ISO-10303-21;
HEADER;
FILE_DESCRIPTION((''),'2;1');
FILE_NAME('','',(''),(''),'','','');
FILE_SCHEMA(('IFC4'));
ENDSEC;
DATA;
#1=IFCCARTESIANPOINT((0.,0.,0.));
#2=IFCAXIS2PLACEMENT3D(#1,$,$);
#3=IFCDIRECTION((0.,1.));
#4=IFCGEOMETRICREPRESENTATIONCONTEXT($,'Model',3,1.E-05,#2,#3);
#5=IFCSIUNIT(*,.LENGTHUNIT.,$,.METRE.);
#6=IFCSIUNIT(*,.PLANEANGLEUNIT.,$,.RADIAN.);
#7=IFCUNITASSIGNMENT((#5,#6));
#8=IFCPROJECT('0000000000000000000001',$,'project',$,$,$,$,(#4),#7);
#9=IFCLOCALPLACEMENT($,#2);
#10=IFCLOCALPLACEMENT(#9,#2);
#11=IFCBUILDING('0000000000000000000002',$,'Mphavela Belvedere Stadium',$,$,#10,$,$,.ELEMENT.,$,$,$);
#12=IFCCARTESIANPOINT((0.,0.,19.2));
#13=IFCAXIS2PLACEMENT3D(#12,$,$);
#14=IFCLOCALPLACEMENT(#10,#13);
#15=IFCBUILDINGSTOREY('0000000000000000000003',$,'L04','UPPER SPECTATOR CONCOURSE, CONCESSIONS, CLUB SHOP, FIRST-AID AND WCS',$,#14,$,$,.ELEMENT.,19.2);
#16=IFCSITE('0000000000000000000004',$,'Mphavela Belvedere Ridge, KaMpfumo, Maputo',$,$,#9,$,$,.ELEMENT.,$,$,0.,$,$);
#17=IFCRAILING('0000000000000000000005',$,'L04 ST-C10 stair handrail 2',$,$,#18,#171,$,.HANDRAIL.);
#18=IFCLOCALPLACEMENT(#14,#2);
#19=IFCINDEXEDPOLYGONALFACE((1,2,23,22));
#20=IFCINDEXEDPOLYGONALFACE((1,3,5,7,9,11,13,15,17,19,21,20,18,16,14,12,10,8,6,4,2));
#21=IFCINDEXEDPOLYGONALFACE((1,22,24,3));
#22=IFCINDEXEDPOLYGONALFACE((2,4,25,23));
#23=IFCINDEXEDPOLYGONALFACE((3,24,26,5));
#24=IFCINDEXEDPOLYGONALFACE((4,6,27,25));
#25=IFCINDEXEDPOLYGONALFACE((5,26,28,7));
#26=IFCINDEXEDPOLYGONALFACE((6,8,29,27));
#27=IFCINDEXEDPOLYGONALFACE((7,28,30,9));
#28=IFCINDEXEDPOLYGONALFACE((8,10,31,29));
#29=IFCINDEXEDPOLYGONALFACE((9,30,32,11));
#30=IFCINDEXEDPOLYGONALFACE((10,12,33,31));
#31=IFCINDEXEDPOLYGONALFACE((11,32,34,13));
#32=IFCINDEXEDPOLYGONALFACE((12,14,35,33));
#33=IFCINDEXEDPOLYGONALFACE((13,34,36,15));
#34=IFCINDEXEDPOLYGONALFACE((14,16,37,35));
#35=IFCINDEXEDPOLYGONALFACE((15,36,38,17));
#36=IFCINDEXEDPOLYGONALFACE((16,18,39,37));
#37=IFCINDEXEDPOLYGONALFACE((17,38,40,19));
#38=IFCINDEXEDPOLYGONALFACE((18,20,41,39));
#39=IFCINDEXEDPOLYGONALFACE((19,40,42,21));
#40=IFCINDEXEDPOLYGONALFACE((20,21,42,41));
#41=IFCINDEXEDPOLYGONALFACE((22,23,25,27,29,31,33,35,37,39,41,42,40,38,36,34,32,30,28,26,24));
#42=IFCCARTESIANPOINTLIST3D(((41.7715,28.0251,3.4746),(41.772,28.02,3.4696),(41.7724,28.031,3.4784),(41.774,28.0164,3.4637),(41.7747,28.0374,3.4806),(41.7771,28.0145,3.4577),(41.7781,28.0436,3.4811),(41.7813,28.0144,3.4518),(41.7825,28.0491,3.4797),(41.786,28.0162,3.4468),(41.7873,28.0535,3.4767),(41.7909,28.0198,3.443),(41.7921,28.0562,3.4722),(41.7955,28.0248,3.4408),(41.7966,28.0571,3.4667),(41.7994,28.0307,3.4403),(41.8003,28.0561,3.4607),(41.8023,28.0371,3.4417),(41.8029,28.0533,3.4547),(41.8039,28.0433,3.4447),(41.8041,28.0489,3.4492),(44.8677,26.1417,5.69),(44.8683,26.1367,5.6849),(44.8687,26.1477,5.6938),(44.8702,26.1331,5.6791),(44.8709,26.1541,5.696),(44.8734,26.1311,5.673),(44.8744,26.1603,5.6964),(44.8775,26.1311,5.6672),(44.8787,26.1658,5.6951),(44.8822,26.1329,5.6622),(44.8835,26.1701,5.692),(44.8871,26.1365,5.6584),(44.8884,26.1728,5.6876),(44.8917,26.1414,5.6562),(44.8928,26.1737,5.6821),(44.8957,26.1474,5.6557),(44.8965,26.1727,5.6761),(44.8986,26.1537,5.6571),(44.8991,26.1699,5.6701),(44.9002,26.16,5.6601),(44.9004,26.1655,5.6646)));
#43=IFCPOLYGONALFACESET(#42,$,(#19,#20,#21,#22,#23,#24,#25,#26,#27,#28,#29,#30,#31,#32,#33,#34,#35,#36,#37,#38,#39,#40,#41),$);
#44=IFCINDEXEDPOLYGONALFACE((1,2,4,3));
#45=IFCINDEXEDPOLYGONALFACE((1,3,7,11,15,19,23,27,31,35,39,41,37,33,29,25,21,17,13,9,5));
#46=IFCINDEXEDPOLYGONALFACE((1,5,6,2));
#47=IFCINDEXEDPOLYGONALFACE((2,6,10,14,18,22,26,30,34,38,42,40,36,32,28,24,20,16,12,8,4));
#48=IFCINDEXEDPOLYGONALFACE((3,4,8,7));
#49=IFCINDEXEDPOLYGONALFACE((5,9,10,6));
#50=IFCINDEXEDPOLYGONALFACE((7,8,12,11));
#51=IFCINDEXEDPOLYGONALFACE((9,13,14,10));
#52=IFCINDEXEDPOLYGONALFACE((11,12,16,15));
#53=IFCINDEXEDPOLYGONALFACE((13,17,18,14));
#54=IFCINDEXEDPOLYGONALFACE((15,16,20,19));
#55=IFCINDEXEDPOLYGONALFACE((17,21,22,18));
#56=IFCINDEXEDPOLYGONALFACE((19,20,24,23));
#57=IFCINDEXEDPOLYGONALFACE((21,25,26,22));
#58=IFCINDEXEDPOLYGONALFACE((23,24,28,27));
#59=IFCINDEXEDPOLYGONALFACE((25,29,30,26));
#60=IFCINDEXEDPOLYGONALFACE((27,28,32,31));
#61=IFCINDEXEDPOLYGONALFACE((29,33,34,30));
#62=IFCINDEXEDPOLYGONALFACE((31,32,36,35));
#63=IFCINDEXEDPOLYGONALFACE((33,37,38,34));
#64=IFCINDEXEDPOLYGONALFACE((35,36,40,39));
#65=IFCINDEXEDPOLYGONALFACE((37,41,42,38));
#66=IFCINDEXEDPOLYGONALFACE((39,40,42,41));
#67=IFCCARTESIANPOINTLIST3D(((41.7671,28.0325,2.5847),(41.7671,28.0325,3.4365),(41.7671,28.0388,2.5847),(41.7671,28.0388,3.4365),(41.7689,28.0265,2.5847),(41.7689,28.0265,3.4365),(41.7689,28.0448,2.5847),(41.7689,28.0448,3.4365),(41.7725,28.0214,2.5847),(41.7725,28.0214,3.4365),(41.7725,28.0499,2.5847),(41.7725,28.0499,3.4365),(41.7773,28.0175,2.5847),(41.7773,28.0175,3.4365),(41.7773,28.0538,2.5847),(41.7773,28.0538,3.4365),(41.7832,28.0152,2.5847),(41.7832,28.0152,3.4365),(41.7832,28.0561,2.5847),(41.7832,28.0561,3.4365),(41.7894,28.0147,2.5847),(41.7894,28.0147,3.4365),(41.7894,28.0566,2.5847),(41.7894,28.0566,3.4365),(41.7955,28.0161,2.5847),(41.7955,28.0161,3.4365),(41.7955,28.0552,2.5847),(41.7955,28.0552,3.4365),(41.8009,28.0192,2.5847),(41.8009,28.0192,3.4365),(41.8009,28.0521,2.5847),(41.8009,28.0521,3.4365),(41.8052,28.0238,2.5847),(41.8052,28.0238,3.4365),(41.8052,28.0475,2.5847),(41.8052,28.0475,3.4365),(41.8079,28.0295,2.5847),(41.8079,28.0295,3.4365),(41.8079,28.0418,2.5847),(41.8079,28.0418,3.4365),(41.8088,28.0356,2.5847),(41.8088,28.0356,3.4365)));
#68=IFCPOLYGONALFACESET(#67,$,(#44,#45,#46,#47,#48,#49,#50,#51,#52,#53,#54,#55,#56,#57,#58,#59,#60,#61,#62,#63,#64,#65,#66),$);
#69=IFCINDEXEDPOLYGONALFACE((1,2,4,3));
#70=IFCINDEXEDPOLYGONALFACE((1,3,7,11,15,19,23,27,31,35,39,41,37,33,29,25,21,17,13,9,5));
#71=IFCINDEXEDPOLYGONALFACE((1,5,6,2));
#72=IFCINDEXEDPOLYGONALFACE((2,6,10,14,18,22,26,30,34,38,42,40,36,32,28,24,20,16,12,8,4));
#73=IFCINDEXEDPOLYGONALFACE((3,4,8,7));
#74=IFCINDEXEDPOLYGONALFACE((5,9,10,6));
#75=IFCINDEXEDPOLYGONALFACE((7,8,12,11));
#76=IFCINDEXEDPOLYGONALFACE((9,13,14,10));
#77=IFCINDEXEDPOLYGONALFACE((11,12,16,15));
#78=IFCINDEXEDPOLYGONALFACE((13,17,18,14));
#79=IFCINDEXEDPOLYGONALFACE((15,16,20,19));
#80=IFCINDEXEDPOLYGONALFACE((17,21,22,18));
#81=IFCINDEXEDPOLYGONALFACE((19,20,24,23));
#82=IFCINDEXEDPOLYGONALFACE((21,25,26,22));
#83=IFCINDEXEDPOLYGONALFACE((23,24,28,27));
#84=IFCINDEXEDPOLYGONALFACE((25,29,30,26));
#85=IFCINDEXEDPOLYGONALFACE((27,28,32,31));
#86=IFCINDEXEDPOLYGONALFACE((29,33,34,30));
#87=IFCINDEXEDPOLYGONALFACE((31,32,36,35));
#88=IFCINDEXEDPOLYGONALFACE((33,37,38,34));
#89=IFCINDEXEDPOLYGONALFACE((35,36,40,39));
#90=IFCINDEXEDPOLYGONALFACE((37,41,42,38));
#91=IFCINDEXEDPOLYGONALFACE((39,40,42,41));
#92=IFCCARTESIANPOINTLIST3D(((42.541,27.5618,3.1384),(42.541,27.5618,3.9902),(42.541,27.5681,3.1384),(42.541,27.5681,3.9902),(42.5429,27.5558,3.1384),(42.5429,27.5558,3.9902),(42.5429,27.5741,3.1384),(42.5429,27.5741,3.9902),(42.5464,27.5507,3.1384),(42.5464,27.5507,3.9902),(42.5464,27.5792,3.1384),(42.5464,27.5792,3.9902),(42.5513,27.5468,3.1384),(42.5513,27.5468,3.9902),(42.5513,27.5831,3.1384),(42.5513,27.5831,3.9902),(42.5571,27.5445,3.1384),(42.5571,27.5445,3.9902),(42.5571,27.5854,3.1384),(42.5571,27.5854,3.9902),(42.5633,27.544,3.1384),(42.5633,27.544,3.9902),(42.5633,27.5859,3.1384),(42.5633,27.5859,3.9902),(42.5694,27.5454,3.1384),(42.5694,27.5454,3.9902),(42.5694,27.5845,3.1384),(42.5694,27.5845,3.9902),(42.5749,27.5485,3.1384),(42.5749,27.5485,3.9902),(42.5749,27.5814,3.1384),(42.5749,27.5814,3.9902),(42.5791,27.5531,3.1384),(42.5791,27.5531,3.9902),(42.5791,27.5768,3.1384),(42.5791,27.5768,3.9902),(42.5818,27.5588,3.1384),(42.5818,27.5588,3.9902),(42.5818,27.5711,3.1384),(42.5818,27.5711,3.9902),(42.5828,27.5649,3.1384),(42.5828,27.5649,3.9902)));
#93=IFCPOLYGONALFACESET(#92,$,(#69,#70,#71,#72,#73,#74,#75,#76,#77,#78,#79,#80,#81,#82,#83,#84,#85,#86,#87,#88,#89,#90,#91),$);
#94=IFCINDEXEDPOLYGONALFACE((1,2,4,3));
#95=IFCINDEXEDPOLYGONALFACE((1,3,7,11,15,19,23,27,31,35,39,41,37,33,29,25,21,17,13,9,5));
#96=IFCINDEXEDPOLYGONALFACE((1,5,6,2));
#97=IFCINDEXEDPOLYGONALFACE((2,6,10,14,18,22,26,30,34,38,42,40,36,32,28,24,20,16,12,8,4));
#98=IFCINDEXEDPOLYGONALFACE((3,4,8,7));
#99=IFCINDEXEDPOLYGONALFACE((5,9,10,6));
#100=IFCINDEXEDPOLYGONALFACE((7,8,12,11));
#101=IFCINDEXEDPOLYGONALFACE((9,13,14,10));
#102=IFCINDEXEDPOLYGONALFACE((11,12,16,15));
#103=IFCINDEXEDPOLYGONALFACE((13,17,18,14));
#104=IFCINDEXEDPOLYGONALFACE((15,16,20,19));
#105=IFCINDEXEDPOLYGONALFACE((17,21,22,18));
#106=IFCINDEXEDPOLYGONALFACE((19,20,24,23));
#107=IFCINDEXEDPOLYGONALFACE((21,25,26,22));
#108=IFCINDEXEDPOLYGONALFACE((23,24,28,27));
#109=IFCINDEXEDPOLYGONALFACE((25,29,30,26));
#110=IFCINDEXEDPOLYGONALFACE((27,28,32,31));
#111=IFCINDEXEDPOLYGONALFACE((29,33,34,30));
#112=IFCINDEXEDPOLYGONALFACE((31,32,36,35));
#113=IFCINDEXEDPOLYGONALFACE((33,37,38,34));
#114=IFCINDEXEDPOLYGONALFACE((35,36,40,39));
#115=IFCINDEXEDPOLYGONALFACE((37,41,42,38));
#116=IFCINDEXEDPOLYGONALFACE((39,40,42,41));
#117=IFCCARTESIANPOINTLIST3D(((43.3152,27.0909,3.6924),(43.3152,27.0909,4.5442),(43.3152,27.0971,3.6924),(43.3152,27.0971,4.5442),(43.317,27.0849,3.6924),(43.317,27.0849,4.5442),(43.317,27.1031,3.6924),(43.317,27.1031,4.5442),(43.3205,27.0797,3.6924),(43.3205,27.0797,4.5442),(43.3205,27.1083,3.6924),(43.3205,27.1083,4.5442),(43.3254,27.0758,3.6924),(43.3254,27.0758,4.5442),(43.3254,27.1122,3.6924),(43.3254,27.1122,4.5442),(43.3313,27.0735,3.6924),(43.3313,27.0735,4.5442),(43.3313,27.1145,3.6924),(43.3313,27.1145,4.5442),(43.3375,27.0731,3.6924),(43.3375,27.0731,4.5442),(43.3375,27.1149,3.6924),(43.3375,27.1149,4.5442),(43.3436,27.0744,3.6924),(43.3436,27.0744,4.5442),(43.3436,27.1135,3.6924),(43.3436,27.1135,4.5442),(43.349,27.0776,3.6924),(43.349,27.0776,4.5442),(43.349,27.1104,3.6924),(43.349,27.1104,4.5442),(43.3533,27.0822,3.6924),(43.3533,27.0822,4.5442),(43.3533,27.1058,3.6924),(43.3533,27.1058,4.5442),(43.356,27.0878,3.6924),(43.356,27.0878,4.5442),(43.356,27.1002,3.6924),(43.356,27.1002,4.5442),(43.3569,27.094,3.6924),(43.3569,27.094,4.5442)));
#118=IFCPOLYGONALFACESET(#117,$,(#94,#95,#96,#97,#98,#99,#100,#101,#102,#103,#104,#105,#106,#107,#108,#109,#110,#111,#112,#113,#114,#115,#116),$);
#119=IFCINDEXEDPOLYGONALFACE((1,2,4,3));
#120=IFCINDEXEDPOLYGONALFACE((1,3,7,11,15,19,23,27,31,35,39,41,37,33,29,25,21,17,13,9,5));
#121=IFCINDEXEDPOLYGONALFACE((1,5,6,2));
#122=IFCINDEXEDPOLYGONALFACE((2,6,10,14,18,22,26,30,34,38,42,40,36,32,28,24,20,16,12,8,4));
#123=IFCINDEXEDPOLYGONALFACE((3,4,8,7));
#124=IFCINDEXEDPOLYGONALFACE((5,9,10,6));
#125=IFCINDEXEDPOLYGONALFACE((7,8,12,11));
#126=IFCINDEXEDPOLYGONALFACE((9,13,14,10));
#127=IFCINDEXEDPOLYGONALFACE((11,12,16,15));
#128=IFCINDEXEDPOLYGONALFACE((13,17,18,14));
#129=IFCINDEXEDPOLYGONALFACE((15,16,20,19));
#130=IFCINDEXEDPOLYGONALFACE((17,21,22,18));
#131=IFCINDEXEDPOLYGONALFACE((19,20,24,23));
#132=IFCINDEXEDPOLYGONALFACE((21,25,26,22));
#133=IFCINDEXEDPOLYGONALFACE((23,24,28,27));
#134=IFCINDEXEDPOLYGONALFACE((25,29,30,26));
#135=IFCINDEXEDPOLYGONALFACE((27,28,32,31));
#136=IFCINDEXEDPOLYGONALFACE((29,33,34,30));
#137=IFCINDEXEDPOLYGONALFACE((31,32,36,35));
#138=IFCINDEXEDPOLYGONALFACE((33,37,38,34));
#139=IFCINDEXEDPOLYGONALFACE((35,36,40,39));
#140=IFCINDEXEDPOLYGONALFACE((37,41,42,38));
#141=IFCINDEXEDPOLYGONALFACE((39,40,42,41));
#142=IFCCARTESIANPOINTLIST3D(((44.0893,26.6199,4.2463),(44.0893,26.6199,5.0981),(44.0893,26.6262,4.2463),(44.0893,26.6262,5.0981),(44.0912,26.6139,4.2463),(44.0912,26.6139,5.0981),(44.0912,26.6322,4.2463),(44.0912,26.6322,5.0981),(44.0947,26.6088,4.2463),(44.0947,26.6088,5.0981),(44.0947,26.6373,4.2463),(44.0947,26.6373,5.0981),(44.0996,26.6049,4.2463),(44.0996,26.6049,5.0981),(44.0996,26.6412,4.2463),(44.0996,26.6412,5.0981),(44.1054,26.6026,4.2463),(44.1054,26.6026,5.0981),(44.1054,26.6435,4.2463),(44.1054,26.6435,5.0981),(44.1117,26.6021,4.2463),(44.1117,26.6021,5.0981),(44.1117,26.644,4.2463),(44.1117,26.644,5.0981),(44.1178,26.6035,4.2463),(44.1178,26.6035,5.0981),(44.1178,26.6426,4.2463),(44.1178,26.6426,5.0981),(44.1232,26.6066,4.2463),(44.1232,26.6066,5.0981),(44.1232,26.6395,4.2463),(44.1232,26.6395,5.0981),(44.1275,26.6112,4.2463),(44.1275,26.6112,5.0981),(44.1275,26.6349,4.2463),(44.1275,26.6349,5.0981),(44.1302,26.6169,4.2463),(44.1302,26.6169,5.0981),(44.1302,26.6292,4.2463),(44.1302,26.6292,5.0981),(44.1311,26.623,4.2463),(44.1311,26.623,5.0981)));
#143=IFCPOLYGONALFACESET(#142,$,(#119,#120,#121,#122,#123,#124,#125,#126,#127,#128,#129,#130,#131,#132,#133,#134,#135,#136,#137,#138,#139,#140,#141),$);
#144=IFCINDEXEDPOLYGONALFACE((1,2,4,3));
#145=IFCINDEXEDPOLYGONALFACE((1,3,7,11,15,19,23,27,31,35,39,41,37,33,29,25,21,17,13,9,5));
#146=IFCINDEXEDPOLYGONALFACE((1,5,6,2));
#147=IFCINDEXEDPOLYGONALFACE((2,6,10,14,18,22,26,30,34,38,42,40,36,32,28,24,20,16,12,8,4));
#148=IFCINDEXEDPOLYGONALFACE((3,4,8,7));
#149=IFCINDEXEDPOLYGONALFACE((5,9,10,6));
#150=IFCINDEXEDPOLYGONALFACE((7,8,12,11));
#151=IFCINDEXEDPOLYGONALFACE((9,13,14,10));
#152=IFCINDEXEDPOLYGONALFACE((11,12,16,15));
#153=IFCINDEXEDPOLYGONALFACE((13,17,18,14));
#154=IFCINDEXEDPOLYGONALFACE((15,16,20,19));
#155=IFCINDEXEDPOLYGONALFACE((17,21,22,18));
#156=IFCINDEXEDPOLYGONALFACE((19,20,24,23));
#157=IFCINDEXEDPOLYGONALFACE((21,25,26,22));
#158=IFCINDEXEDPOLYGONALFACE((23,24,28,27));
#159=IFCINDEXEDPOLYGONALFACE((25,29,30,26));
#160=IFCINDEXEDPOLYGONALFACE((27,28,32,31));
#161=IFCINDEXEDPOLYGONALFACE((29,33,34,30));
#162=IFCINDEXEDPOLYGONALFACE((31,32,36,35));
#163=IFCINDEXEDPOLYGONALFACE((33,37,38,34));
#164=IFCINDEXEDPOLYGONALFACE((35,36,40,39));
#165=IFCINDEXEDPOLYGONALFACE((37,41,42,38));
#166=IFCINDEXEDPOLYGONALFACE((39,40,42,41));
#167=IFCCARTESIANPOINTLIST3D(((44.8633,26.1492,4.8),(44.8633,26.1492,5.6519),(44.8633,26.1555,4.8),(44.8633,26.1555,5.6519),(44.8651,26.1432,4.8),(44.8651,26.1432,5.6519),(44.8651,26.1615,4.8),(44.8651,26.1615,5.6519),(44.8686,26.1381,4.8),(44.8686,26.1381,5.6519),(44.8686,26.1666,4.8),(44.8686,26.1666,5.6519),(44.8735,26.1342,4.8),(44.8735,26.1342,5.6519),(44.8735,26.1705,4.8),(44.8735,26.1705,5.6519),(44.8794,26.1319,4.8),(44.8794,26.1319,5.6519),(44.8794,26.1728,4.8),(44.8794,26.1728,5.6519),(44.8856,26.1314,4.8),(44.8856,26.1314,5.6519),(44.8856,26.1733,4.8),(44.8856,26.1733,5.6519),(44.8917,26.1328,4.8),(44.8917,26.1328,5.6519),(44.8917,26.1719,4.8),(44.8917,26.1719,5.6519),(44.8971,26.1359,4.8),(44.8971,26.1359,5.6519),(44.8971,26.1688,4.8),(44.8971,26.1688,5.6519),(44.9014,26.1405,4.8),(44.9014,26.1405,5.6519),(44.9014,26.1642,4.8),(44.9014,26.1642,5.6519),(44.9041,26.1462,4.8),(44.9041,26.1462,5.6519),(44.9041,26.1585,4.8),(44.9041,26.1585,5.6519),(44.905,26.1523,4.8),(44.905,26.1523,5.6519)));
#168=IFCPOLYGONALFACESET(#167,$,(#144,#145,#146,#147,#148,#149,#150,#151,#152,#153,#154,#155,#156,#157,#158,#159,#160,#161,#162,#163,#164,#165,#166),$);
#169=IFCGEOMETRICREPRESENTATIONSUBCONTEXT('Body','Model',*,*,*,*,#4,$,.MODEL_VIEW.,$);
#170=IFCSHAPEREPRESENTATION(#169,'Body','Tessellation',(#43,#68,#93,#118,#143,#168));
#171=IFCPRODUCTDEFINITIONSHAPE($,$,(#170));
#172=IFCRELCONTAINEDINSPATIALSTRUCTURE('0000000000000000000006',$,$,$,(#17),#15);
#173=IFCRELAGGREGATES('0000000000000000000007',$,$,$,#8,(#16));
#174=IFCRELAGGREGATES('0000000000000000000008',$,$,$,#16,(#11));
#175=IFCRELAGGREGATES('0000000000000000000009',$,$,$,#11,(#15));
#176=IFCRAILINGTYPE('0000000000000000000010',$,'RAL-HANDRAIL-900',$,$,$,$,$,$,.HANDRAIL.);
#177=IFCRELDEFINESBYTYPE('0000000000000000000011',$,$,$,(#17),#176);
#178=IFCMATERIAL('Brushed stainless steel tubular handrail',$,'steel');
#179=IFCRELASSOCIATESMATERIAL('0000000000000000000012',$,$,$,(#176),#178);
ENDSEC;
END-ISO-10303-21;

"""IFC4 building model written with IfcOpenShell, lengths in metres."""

from ifc_helpers import new_model, si_unit, direction, frame, origin, origin_2d, place, context, subcontext, project, spatial, circle, extrude, material, type_object, element, save


model = new_model("IFC4")

# Units and contexts
model_context = context("Model", 3, precision=1e-05, world=origin(), true_north=direction((0.0, 1.0)))
body_context = subcontext(model_context, "Body", "Model", "MODEL_VIEW")
ifc_project = project(units=[si_unit("LENGTHUNIT", "METRE"), si_unit("PLANEANGLEUNIT", "RADIAN")], contexts=[model_context])

# Site, building, storey
site_placement = place(None, origin())
site = spatial("IfcSite", under=ifc_project, at=site_placement, Name="Mphavela Belvedere Ridge, KaMpfumo, Maputo", CompositionType="ELEMENT", RefElevation=0.0)
building_placement = place(site_placement, origin())
building = spatial("IfcBuilding", under=site, at=building_placement, Name="Mphavela Belvedere Stadium", CompositionType="ELEMENT")
storey_placement = place(building_placement, frame((0.0, 0.0, 19.2)))
storey = spatial("IfcBuildingStorey", under=building, at=storey_placement, Name="L04", Description="UPPER SPECTATOR CONCOURSE, CONCESSIONS, CLUB SHOP, FIRST-AID AND WCS", CompositionType="ELEMENT", Elevation=19.2)

# Railing
ifc_material_1 = material(Name="Brushed stainless steel tubular handrail", Category="steel")
railing_type_1 = type_object("IfcRailingType", Name="RAL-HANDRAIL-900", PredefinedType="HANDRAIL", material=ifc_material_1)
railing_1_placement = place(storey_placement, frame((41.7878, 28.0356, 2.5847)))
element("IfcRailing", 1, at=railing_1_placement, inside=storey, type_object=railing_type_1, Name="L04 ST-C10 stair handrail 2", PredefinedType="HANDRAIL", context=body_context, shape_type="SweptSolid", body=[
    extrude(circle(Radius=0.0239, at=origin_2d()), frame((0.0, 0.0, 0.876), z_axis=(0.728951, -0.443395, 0.521566), x_axis=(0.519678, 0.854362, 0.0)), (0.0, 0.0, 1.0), 4.2476),
    extrude(circle(Radius=0.021, at=origin_2d()), origin(), (0.0, 0.0, 1.0), 0.8518),
    extrude(circle(Radius=0.021, at=origin_2d()), frame((0.7739, -0.4707, 0.5537)), (0.0, 0.0, 1.0), 0.8518),
    extrude(circle(Radius=0.021, at=origin_2d()), frame((1.5481, -0.9417, 1.1077)), (0.0, 0.0, 1.0), 0.8518),
    extrude(circle(Radius=0.021, at=origin_2d()), frame((2.3223, -1.4126, 1.6616)), (0.0, 0.0, 1.0), 0.8518),
    extrude(circle(Radius=0.021, at=origin_2d()), frame((3.0962, -1.8833, 2.2153)), (0.0, 0.0, 1.0), 0.8518),
])

save(model, "model.ifc")
